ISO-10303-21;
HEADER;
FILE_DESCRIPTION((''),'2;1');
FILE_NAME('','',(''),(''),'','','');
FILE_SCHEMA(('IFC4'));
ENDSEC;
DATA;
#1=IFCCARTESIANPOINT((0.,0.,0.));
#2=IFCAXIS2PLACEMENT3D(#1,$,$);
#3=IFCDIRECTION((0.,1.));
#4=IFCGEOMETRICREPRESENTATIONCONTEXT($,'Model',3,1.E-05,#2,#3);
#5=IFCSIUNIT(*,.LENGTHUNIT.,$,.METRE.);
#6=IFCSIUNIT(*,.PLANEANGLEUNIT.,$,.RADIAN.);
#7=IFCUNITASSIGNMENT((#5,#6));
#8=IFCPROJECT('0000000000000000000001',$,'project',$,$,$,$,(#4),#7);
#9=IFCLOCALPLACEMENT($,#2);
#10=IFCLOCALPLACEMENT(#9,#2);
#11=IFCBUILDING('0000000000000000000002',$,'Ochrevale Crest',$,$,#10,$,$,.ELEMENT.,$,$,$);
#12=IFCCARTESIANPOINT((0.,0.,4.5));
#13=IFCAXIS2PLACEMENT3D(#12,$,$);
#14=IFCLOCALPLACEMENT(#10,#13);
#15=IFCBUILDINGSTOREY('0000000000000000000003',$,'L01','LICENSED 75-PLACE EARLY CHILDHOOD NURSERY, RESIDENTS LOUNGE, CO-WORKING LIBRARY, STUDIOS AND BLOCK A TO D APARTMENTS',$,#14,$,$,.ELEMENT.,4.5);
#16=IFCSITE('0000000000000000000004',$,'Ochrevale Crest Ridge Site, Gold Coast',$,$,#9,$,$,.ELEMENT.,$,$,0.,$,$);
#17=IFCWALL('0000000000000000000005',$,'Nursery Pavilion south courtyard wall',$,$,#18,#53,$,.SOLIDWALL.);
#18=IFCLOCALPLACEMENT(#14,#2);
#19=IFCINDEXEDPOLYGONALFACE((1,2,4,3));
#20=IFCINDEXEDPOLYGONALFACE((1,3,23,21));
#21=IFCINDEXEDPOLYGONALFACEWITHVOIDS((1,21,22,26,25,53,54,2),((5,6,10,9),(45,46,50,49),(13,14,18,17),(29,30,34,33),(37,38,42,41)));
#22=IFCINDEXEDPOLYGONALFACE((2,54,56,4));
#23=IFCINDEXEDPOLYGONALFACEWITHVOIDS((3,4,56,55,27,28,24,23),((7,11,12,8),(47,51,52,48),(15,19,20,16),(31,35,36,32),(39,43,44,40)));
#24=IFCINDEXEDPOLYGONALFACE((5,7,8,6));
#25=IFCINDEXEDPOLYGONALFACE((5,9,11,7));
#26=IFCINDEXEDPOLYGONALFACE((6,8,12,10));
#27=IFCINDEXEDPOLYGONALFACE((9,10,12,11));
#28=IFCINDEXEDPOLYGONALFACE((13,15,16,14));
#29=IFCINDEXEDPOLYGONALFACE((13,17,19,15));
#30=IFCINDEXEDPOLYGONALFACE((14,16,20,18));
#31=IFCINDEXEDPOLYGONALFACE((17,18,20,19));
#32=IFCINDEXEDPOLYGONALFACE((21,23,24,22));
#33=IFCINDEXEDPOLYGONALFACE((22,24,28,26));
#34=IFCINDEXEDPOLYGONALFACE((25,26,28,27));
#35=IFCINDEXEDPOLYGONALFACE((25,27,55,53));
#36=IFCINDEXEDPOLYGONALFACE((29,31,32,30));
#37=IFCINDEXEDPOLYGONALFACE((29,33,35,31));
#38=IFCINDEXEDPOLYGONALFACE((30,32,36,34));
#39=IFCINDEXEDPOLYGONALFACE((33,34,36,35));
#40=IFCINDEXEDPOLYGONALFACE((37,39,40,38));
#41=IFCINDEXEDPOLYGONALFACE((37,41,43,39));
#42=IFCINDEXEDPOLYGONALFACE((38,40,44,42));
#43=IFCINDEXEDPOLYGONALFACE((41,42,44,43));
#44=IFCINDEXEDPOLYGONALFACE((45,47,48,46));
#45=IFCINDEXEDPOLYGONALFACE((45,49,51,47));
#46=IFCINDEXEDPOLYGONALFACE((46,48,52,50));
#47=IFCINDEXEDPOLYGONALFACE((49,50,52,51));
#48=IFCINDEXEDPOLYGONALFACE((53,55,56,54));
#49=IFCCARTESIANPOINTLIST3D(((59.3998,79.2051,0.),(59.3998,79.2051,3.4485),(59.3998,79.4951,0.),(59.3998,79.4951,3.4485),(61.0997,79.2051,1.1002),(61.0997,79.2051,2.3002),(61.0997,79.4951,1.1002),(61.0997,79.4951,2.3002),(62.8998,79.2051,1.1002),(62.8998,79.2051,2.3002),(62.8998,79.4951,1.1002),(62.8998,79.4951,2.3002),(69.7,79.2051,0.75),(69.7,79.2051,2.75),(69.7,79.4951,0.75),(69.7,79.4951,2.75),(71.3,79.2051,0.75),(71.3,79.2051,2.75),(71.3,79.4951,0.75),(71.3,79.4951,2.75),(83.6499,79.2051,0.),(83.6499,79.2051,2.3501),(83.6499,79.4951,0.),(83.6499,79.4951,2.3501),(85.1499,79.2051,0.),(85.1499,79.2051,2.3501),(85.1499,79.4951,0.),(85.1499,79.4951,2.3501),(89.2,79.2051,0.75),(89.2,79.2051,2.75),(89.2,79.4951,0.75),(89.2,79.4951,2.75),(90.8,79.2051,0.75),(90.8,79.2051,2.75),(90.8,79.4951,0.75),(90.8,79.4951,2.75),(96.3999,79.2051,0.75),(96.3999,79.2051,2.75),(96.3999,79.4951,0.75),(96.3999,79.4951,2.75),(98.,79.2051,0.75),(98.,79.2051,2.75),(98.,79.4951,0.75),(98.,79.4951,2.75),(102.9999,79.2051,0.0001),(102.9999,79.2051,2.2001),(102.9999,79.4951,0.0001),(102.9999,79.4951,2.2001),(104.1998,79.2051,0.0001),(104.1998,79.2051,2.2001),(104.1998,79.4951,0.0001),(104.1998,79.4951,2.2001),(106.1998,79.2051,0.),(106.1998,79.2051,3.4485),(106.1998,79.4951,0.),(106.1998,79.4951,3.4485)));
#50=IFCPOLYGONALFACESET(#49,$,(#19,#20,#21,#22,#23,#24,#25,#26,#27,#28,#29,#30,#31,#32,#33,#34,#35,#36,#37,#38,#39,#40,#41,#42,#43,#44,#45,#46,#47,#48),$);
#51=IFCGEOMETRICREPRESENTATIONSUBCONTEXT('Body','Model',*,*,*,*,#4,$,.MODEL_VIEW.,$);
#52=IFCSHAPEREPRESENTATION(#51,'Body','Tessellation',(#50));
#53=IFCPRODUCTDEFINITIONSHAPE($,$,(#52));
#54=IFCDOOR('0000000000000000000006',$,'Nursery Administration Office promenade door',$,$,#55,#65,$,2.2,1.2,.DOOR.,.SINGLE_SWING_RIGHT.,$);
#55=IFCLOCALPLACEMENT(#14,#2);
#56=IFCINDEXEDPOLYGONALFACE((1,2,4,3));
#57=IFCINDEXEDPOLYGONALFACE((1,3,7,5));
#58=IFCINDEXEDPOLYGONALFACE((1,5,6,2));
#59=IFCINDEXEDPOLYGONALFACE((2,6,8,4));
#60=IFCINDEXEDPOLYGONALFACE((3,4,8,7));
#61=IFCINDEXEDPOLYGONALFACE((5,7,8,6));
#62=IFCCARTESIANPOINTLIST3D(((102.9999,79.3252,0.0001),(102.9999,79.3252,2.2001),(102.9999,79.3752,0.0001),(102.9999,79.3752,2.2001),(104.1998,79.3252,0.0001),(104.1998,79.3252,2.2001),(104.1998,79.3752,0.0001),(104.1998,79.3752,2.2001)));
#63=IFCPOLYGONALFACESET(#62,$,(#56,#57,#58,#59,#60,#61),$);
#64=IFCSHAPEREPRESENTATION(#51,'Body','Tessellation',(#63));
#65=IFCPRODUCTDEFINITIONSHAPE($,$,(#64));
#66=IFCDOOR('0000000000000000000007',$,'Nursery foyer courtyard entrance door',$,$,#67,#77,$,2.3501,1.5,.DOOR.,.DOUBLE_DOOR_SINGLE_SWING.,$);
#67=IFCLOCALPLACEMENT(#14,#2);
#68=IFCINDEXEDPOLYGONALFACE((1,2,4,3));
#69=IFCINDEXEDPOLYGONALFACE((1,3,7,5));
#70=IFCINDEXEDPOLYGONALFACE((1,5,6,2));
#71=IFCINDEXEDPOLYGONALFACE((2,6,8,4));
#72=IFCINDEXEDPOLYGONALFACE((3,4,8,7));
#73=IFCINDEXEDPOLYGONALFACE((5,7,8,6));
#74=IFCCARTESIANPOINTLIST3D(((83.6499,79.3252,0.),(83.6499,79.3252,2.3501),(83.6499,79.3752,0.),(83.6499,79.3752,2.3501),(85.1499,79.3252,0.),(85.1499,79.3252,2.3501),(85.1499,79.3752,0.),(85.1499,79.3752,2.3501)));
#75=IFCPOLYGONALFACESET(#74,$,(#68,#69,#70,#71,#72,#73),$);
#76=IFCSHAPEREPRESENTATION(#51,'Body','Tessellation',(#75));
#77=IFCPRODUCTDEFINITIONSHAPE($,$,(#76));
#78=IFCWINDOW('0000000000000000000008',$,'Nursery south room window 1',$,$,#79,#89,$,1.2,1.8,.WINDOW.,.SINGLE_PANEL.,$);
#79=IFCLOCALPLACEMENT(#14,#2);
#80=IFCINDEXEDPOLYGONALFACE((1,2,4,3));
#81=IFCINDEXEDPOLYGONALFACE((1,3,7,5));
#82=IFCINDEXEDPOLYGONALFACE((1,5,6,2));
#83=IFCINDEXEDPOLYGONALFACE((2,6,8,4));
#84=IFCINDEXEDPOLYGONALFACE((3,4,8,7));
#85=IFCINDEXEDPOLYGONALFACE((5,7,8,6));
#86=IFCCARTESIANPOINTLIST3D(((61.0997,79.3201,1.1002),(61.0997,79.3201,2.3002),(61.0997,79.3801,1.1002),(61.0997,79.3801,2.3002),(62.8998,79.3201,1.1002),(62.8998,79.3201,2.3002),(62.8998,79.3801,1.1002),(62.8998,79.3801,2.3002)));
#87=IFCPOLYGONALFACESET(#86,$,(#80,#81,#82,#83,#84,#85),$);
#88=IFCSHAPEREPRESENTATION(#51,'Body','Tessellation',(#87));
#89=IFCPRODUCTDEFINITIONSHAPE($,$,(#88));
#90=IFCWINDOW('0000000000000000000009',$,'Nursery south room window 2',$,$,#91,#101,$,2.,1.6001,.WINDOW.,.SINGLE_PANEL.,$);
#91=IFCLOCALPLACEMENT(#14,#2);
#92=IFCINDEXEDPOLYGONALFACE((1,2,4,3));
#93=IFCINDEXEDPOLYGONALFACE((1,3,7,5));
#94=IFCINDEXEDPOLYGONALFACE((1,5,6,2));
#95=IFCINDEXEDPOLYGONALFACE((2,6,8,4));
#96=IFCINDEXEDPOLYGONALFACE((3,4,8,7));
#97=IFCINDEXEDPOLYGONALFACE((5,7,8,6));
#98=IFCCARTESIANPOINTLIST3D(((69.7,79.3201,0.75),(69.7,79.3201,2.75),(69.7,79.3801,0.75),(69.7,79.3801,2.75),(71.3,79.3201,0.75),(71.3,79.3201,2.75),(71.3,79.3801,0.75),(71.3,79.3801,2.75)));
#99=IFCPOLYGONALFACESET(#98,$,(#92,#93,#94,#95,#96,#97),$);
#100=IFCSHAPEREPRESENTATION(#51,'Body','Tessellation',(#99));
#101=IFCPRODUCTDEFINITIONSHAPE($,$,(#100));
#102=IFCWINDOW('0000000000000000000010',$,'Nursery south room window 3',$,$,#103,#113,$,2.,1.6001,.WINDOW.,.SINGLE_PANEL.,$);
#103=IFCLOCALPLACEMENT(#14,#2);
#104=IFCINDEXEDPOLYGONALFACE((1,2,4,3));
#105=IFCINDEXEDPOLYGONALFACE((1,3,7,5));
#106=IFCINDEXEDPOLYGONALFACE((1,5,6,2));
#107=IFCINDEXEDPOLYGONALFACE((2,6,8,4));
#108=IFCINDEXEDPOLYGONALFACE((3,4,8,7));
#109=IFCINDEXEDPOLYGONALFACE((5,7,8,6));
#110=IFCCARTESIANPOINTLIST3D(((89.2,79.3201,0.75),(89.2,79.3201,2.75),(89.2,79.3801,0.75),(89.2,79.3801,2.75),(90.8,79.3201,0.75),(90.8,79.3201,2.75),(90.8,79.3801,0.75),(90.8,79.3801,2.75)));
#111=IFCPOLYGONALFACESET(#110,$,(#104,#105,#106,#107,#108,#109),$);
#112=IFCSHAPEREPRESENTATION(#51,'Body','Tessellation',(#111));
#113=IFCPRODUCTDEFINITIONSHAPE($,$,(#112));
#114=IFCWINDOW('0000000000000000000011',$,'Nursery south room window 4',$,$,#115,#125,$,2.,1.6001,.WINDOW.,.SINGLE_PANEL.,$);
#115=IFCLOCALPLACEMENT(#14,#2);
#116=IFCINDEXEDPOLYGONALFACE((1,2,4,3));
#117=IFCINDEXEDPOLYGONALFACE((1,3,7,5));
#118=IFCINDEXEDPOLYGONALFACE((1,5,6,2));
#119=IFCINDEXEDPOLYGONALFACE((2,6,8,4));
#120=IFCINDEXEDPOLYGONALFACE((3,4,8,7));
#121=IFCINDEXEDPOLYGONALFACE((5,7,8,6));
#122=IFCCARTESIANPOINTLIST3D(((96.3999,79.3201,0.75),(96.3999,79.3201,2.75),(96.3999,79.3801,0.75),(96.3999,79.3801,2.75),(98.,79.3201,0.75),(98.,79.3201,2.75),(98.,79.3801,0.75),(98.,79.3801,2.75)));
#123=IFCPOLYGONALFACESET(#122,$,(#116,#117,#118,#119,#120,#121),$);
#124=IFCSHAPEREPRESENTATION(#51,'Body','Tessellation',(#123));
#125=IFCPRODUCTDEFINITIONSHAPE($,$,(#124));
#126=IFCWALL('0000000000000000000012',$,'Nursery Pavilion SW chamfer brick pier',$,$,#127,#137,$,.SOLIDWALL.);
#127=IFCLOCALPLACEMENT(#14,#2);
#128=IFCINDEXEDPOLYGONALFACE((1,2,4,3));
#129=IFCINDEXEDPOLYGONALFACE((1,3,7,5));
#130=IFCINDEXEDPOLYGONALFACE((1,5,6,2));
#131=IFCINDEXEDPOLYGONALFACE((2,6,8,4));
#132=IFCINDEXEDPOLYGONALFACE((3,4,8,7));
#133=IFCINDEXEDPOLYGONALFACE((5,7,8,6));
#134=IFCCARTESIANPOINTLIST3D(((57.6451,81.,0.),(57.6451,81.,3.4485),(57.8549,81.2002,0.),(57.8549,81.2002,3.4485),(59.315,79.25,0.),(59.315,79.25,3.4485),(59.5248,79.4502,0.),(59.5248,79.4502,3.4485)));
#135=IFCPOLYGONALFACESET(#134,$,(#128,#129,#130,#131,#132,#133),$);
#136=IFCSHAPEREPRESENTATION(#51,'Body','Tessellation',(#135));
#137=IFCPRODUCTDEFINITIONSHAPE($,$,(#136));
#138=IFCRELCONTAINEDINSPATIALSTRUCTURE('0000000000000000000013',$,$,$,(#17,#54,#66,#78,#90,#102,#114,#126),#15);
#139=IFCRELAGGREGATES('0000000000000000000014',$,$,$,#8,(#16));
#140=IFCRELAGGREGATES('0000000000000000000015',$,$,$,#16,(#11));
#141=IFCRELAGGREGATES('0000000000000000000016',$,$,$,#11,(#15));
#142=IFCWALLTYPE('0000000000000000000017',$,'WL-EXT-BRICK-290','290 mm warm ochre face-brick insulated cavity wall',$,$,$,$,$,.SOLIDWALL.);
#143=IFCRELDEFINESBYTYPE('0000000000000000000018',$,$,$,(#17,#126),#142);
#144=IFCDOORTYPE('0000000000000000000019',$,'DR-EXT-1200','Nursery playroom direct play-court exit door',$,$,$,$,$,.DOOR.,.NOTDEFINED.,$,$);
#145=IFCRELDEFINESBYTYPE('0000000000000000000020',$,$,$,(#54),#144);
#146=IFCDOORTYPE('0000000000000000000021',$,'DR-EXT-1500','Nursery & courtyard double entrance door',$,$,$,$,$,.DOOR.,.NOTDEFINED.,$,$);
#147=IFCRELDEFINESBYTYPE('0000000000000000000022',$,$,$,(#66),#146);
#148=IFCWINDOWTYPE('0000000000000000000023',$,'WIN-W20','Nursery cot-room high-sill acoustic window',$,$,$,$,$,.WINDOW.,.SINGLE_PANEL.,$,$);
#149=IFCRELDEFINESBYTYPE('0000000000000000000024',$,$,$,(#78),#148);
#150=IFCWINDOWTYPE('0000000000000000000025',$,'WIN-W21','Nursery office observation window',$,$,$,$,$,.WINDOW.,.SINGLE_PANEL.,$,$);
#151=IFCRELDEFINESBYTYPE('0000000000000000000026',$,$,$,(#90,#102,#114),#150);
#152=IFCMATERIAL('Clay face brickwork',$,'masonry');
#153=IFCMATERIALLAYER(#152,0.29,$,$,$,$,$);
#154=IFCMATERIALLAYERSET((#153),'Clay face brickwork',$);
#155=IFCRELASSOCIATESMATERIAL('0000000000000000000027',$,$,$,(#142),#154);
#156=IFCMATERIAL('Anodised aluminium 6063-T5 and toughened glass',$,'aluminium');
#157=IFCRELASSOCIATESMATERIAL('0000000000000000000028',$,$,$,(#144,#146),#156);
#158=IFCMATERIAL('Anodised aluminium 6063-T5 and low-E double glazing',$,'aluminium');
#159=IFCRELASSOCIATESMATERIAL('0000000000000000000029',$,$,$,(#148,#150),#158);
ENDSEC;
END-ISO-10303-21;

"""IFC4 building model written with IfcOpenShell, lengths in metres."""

from ifc_helpers import new_model, si_unit, direction, frame, frame_2d, origin, place, context, subcontext, project, spatial, rectangle, extrude, material, layer, layer_set, type_object, element, fill, save


model = new_model("IFC4")

# Units and contexts
model_context = context("Model", 3, precision=1e-05, world=origin(), true_north=direction((0.0, 1.0)))
body_context = subcontext(model_context, "Body", "Model", "MODEL_VIEW")
ifc_project = project(units=[si_unit("LENGTHUNIT", "METRE"), si_unit("PLANEANGLEUNIT", "RADIAN")], contexts=[model_context])

# Site, building, storey
site_placement = place(None, origin())
site = spatial("IfcSite", under=ifc_project, at=site_placement, Name="Ochrevale Crest Ridge Site, Gold Coast", CompositionType="ELEMENT", RefElevation=0.0)
building_placement = place(site_placement, origin())
building = spatial("IfcBuilding", under=site, at=building_placement, Name="Ochrevale Crest", CompositionType="ELEMENT")
storey_placement = place(building_placement, frame((0.0, 0.0, 4.5)))
storey = spatial("IfcBuildingStorey", under=building, at=storey_placement, Name="L01", Description="LICENSED 75-PLACE EARLY CHILDHOOD NURSERY, RESIDENTS LOUNGE, CO-WORKING LIBRARY, STUDIOS AND BLOCK A TO D APARTMENTS", CompositionType="ELEMENT", Elevation=4.5)

# Wall, openings, doors, windows
ifc_material_1 = material(Name="Clay face brickwork", Category="masonry")
ifc_layer_1 = layer(ifc_material_1, 0.29)
ifc_layer_set_1 = layer_set([ifc_layer_1], Name="Clay face brickwork")
wall_type = type_object("IfcWallType", Name="WL-EXT-BRICK-290", Description="290 mm warm ochre face-brick insulated cavity wall", PredefinedType="SOLIDWALL", material=ifc_layer_set_1)
wall_1_placement = place(storey_placement, frame((59.3999, 79.3501, 0.0), z_axis=(0.0, 0.0, 1.0), x_axis=(1.0, 0.0, 0.0)))
wall_1 = element("IfcWall", 1, at=wall_1_placement, inside=storey, type_object=wall_type, Name="Nursery Pavilion south courtyard wall", PredefinedType="SOLIDWALL", context=body_context, shape_type="SweptSolid", body=[
    extrude(rectangle(XDim=46.8, YDim=0.29, at=frame_2d((23.3999, 0.0))), origin(), (0.0, 0.0, 1.0), 3.4485),
])
opening_1_placement = place(wall_1_placement, frame((25.75, 0.0, 0.0), z_axis=(0.0, 0.0, 1.0), x_axis=(-1.0, 0.0, 0.0)))
opening_1 = element("IfcOpeningElement", 2, at=opening_1_placement, cuts=wall_1, PredefinedType="OPENING", context=body_context, shape_type="SweptSolid", body=[
    extrude(rectangle(XDim=1.5, YDim=2.3501, at=frame_2d((0.75, 1.175))), frame((0.0, 0.155, 0.0), z_axis=(0.0, -1.0, 0.0), x_axis=(1.0, 0.0, 0.0)), (0.0, 0.0, 1.0), 0.3101),
])
opening_2_placement = place(wall_1_placement, frame((44.8, 0.0, 0.0), z_axis=(0.0, 0.0, 1.0), x_axis=(-1.0, 0.0, 0.0)))
opening_2 = element("IfcOpeningElement", 3, at=opening_2_placement, cuts=wall_1, PredefinedType="OPENING", context=body_context, shape_type="SweptSolid", body=[
    extrude(rectangle(XDim=1.2, YDim=2.2, at=frame_2d((0.6001, 1.1001))), frame((0.0, 0.155, 0.0), z_axis=(0.0, -1.0, 0.0), x_axis=(1.0, 0.0, 0.0)), (0.0, 0.0, 1.0), 0.3101),
])
opening_3_placement = place(wall_1_placement, frame((1.7, 0.0, 1.1001)))
opening_3 = element("IfcOpeningElement", 4, at=opening_3_placement, cuts=wall_1, PredefinedType="OPENING", context=body_context, shape_type="SweptSolid", body=[
    extrude(rectangle(XDim=1.8, YDim=1.2, at=frame_2d((0.8999, 0.6001))), frame((0.0, 0.155, 0.0), z_axis=(0.0, -1.0, 0.0), x_axis=(1.0, 0.0, 0.0)), (0.0, 0.0, 1.0), 0.3101),
])
opening_4_placement = place(wall_1_placement, frame((10.3, 0.0, 0.75)))
opening_4 = element("IfcOpeningElement", 5, at=opening_4_placement, cuts=wall_1, PredefinedType="OPENING", context=body_context, shape_type="SweptSolid", body=[
    extrude(rectangle(XDim=1.6001, YDim=2.0, at=frame_2d((0.8, 1.0))), frame((0.0, 0.155, 0.0), z_axis=(0.0, -1.0, 0.0), x_axis=(1.0, 0.0, 0.0)), (0.0, 0.0, 1.0), 0.3101),
])
opening_5_placement = place(wall_1_placement, frame((29.8, 0.0, 0.75)))
opening_5 = element("IfcOpeningElement", 6, at=opening_5_placement, cuts=wall_1, PredefinedType="OPENING", context=body_context, shape_type="SweptSolid", body=[
    extrude(rectangle(XDim=1.6001, YDim=2.0, at=frame_2d((0.8, 1.0))), frame((0.0, 0.155, 0.0), z_axis=(0.0, -1.0, 0.0), x_axis=(1.0, 0.0, 0.0)), (0.0, 0.0, 1.0), 0.3101),
])
opening_6_placement = place(wall_1_placement, frame((37.0, 0.0, 0.75)))
opening_6 = element("IfcOpeningElement", 7, at=opening_6_placement, cuts=wall_1, PredefinedType="OPENING", context=body_context, shape_type="SweptSolid", body=[
    extrude(rectangle(XDim=1.6001, YDim=2.0, at=frame_2d((0.8, 1.0))), frame((0.0, 0.155, 0.0), z_axis=(0.0, -1.0, 0.0), x_axis=(1.0, 0.0, 0.0)), (0.0, 0.0, 1.0), 0.3101),
])
ifc_material_2 = material(Name="Anodised aluminium 6063-T5 and toughened glass", Category="aluminium")
door_type_1 = type_object("IfcDoorType", Name="DR-EXT-1200", Description="Nursery playroom direct play-court exit door", OperationType="NOTDEFINED", PredefinedType="DOOR", material=ifc_material_2)
door_1_placement = place(opening_2_placement, origin())
door_1 = element("IfcDoor", 8, at=door_1_placement, inside=storey, type_object=door_type_1, Name="Nursery Administration Office promenade door", OperationType="SINGLE_SWING_RIGHT", OverallHeight=2.2, OverallWidth=1.2, PredefinedType="DOOR", context=body_context, shape_type="SweptSolid", body=[
    extrude(rectangle(XDim=1.2, YDim=2.2, at=frame_2d((0.6001, 1.1001))), frame((0.0, 0.0249, 0.0), z_axis=(0.0, -1.0, 0.0), x_axis=(1.0, 0.0, 0.0)), (0.0, 0.0, 1.0), 0.05),
])
fill(opening_2, door_1)
door_type_2 = type_object("IfcDoorType", Name="DR-EXT-1500", Description="Nursery & courtyard double entrance door", OperationType="NOTDEFINED", PredefinedType="DOOR", material=ifc_material_2)
door_2_placement = place(opening_1_placement, origin())
door_2 = element("IfcDoor", 9, at=door_2_placement, inside=storey, type_object=door_type_2, Name="Nursery foyer courtyard entrance door", OperationType="DOUBLE_DOOR_SINGLE_SWING", OverallHeight=2.3501, OverallWidth=1.5, PredefinedType="DOOR", context=body_context, shape_type="SweptSolid", body=[
    extrude(rectangle(XDim=1.5, YDim=2.3501, at=frame_2d((0.75, 1.175))), frame((0.0, 0.0249, 0.0), z_axis=(0.0, -1.0, 0.0), x_axis=(1.0, 0.0, 0.0)), (0.0, 0.0, 1.0), 0.05),
])
fill(opening_1, door_2)
ifc_material_3 = material(Name="Anodised aluminium 6063-T5 and low-E double glazing", Category="aluminium")
window_type_1 = type_object("IfcWindowType", Name="WIN-W20", Description="Nursery cot-room high-sill acoustic window", PartitioningType="SINGLE_PANEL", PredefinedType="WINDOW", material=ifc_material_3)
window_1_placement = place(opening_3_placement, origin())
window_1 = element("IfcWindow", 10, at=window_1_placement, inside=storey, type_object=window_type_1, Name="Nursery south room window 1", OverallHeight=1.2, OverallWidth=1.8, PartitioningType="SINGLE_PANEL", PredefinedType="WINDOW", context=body_context, shape_type="SweptSolid", body=[
    extrude(rectangle(XDim=1.8, YDim=1.2, at=frame_2d((0.8999, 0.6001))), frame((0.0, 0.03, 0.0), z_axis=(0.0, -1.0, 0.0), x_axis=(1.0, 0.0, 0.0)), (0.0, 0.0, 1.0), 0.0601),
])
fill(opening_3, window_1)
window_type_2 = type_object("IfcWindowType", Name="WIN-W21", Description="Nursery office observation window", PartitioningType="SINGLE_PANEL", PredefinedType="WINDOW", material=ifc_material_3)
window_2_placement = place(opening_4_placement, origin())
window_2 = element("IfcWindow", 11, at=window_2_placement, inside=storey, type_object=window_type_2, Name="Nursery south room window 2", OverallHeight=2.0, OverallWidth=1.6001, PartitioningType="SINGLE_PANEL", PredefinedType="WINDOW", context=body_context, shape_type="SweptSolid", body=[
    extrude(rectangle(XDim=1.6001, YDim=2.0, at=frame_2d((0.8, 1.0))), frame((0.0, 0.03, 0.0), z_axis=(0.0, -1.0, 0.0), x_axis=(1.0, 0.0, 0.0)), (0.0, 0.0, 1.0), 0.0601),
])
fill(opening_4, window_2)
window_3_placement = place(opening_5_placement, origin())
window_3 = element("IfcWindow", 12, at=window_3_placement, inside=storey, type_object=window_type_2, Name="Nursery south room window 3", OverallHeight=2.0, OverallWidth=1.6001, PartitioningType="SINGLE_PANEL", PredefinedType="WINDOW", context=body_context, shape_type="SweptSolid", body=[
    extrude(rectangle(XDim=1.6001, YDim=2.0, at=frame_2d((0.8, 1.0))), frame((0.0, 0.03, 0.0), z_axis=(0.0, -1.0, 0.0), x_axis=(1.0, 0.0, 0.0)), (0.0, 0.0, 1.0), 0.0601),
])
fill(opening_5, window_3)
window_4_placement = place(opening_6_placement, origin())
window_4 = element("IfcWindow", 13, at=window_4_placement, inside=storey, type_object=window_type_2, Name="Nursery south room window 4", OverallHeight=2.0, OverallWidth=1.6001, PartitioningType="SINGLE_PANEL", PredefinedType="WINDOW", context=body_context, shape_type="SweptSolid", body=[
    extrude(rectangle(XDim=1.6001, YDim=2.0, at=frame_2d((0.8, 1.0))), frame((0.0, 0.03, 0.0), z_axis=(0.0, -1.0, 0.0), x_axis=(1.0, 0.0, 0.0)), (0.0, 0.0, 1.0), 0.0601),
])
fill(opening_6, window_4)

# Wall
wall_2_placement = place(storey_placement, frame((59.4199, 79.3501, 0.0), z_axis=(0.0, 0.0, 1.0), x_axis=(-0.690361, 0.723466, 0.0)))
element("IfcWall", 14, at=wall_2_placement, inside=storey, type_object=wall_type, Name="Nursery Pavilion SW chamfer brick pier", PredefinedType="SOLIDWALL", context=body_context, shape_type="SweptSolid", body=[
    extrude(rectangle(XDim=2.4189, YDim=0.29, at=frame_2d((1.2095, 0.0))), origin(), (0.0, 0.0, 1.0), 3.4485),
])

save(model, "model.ifc")
